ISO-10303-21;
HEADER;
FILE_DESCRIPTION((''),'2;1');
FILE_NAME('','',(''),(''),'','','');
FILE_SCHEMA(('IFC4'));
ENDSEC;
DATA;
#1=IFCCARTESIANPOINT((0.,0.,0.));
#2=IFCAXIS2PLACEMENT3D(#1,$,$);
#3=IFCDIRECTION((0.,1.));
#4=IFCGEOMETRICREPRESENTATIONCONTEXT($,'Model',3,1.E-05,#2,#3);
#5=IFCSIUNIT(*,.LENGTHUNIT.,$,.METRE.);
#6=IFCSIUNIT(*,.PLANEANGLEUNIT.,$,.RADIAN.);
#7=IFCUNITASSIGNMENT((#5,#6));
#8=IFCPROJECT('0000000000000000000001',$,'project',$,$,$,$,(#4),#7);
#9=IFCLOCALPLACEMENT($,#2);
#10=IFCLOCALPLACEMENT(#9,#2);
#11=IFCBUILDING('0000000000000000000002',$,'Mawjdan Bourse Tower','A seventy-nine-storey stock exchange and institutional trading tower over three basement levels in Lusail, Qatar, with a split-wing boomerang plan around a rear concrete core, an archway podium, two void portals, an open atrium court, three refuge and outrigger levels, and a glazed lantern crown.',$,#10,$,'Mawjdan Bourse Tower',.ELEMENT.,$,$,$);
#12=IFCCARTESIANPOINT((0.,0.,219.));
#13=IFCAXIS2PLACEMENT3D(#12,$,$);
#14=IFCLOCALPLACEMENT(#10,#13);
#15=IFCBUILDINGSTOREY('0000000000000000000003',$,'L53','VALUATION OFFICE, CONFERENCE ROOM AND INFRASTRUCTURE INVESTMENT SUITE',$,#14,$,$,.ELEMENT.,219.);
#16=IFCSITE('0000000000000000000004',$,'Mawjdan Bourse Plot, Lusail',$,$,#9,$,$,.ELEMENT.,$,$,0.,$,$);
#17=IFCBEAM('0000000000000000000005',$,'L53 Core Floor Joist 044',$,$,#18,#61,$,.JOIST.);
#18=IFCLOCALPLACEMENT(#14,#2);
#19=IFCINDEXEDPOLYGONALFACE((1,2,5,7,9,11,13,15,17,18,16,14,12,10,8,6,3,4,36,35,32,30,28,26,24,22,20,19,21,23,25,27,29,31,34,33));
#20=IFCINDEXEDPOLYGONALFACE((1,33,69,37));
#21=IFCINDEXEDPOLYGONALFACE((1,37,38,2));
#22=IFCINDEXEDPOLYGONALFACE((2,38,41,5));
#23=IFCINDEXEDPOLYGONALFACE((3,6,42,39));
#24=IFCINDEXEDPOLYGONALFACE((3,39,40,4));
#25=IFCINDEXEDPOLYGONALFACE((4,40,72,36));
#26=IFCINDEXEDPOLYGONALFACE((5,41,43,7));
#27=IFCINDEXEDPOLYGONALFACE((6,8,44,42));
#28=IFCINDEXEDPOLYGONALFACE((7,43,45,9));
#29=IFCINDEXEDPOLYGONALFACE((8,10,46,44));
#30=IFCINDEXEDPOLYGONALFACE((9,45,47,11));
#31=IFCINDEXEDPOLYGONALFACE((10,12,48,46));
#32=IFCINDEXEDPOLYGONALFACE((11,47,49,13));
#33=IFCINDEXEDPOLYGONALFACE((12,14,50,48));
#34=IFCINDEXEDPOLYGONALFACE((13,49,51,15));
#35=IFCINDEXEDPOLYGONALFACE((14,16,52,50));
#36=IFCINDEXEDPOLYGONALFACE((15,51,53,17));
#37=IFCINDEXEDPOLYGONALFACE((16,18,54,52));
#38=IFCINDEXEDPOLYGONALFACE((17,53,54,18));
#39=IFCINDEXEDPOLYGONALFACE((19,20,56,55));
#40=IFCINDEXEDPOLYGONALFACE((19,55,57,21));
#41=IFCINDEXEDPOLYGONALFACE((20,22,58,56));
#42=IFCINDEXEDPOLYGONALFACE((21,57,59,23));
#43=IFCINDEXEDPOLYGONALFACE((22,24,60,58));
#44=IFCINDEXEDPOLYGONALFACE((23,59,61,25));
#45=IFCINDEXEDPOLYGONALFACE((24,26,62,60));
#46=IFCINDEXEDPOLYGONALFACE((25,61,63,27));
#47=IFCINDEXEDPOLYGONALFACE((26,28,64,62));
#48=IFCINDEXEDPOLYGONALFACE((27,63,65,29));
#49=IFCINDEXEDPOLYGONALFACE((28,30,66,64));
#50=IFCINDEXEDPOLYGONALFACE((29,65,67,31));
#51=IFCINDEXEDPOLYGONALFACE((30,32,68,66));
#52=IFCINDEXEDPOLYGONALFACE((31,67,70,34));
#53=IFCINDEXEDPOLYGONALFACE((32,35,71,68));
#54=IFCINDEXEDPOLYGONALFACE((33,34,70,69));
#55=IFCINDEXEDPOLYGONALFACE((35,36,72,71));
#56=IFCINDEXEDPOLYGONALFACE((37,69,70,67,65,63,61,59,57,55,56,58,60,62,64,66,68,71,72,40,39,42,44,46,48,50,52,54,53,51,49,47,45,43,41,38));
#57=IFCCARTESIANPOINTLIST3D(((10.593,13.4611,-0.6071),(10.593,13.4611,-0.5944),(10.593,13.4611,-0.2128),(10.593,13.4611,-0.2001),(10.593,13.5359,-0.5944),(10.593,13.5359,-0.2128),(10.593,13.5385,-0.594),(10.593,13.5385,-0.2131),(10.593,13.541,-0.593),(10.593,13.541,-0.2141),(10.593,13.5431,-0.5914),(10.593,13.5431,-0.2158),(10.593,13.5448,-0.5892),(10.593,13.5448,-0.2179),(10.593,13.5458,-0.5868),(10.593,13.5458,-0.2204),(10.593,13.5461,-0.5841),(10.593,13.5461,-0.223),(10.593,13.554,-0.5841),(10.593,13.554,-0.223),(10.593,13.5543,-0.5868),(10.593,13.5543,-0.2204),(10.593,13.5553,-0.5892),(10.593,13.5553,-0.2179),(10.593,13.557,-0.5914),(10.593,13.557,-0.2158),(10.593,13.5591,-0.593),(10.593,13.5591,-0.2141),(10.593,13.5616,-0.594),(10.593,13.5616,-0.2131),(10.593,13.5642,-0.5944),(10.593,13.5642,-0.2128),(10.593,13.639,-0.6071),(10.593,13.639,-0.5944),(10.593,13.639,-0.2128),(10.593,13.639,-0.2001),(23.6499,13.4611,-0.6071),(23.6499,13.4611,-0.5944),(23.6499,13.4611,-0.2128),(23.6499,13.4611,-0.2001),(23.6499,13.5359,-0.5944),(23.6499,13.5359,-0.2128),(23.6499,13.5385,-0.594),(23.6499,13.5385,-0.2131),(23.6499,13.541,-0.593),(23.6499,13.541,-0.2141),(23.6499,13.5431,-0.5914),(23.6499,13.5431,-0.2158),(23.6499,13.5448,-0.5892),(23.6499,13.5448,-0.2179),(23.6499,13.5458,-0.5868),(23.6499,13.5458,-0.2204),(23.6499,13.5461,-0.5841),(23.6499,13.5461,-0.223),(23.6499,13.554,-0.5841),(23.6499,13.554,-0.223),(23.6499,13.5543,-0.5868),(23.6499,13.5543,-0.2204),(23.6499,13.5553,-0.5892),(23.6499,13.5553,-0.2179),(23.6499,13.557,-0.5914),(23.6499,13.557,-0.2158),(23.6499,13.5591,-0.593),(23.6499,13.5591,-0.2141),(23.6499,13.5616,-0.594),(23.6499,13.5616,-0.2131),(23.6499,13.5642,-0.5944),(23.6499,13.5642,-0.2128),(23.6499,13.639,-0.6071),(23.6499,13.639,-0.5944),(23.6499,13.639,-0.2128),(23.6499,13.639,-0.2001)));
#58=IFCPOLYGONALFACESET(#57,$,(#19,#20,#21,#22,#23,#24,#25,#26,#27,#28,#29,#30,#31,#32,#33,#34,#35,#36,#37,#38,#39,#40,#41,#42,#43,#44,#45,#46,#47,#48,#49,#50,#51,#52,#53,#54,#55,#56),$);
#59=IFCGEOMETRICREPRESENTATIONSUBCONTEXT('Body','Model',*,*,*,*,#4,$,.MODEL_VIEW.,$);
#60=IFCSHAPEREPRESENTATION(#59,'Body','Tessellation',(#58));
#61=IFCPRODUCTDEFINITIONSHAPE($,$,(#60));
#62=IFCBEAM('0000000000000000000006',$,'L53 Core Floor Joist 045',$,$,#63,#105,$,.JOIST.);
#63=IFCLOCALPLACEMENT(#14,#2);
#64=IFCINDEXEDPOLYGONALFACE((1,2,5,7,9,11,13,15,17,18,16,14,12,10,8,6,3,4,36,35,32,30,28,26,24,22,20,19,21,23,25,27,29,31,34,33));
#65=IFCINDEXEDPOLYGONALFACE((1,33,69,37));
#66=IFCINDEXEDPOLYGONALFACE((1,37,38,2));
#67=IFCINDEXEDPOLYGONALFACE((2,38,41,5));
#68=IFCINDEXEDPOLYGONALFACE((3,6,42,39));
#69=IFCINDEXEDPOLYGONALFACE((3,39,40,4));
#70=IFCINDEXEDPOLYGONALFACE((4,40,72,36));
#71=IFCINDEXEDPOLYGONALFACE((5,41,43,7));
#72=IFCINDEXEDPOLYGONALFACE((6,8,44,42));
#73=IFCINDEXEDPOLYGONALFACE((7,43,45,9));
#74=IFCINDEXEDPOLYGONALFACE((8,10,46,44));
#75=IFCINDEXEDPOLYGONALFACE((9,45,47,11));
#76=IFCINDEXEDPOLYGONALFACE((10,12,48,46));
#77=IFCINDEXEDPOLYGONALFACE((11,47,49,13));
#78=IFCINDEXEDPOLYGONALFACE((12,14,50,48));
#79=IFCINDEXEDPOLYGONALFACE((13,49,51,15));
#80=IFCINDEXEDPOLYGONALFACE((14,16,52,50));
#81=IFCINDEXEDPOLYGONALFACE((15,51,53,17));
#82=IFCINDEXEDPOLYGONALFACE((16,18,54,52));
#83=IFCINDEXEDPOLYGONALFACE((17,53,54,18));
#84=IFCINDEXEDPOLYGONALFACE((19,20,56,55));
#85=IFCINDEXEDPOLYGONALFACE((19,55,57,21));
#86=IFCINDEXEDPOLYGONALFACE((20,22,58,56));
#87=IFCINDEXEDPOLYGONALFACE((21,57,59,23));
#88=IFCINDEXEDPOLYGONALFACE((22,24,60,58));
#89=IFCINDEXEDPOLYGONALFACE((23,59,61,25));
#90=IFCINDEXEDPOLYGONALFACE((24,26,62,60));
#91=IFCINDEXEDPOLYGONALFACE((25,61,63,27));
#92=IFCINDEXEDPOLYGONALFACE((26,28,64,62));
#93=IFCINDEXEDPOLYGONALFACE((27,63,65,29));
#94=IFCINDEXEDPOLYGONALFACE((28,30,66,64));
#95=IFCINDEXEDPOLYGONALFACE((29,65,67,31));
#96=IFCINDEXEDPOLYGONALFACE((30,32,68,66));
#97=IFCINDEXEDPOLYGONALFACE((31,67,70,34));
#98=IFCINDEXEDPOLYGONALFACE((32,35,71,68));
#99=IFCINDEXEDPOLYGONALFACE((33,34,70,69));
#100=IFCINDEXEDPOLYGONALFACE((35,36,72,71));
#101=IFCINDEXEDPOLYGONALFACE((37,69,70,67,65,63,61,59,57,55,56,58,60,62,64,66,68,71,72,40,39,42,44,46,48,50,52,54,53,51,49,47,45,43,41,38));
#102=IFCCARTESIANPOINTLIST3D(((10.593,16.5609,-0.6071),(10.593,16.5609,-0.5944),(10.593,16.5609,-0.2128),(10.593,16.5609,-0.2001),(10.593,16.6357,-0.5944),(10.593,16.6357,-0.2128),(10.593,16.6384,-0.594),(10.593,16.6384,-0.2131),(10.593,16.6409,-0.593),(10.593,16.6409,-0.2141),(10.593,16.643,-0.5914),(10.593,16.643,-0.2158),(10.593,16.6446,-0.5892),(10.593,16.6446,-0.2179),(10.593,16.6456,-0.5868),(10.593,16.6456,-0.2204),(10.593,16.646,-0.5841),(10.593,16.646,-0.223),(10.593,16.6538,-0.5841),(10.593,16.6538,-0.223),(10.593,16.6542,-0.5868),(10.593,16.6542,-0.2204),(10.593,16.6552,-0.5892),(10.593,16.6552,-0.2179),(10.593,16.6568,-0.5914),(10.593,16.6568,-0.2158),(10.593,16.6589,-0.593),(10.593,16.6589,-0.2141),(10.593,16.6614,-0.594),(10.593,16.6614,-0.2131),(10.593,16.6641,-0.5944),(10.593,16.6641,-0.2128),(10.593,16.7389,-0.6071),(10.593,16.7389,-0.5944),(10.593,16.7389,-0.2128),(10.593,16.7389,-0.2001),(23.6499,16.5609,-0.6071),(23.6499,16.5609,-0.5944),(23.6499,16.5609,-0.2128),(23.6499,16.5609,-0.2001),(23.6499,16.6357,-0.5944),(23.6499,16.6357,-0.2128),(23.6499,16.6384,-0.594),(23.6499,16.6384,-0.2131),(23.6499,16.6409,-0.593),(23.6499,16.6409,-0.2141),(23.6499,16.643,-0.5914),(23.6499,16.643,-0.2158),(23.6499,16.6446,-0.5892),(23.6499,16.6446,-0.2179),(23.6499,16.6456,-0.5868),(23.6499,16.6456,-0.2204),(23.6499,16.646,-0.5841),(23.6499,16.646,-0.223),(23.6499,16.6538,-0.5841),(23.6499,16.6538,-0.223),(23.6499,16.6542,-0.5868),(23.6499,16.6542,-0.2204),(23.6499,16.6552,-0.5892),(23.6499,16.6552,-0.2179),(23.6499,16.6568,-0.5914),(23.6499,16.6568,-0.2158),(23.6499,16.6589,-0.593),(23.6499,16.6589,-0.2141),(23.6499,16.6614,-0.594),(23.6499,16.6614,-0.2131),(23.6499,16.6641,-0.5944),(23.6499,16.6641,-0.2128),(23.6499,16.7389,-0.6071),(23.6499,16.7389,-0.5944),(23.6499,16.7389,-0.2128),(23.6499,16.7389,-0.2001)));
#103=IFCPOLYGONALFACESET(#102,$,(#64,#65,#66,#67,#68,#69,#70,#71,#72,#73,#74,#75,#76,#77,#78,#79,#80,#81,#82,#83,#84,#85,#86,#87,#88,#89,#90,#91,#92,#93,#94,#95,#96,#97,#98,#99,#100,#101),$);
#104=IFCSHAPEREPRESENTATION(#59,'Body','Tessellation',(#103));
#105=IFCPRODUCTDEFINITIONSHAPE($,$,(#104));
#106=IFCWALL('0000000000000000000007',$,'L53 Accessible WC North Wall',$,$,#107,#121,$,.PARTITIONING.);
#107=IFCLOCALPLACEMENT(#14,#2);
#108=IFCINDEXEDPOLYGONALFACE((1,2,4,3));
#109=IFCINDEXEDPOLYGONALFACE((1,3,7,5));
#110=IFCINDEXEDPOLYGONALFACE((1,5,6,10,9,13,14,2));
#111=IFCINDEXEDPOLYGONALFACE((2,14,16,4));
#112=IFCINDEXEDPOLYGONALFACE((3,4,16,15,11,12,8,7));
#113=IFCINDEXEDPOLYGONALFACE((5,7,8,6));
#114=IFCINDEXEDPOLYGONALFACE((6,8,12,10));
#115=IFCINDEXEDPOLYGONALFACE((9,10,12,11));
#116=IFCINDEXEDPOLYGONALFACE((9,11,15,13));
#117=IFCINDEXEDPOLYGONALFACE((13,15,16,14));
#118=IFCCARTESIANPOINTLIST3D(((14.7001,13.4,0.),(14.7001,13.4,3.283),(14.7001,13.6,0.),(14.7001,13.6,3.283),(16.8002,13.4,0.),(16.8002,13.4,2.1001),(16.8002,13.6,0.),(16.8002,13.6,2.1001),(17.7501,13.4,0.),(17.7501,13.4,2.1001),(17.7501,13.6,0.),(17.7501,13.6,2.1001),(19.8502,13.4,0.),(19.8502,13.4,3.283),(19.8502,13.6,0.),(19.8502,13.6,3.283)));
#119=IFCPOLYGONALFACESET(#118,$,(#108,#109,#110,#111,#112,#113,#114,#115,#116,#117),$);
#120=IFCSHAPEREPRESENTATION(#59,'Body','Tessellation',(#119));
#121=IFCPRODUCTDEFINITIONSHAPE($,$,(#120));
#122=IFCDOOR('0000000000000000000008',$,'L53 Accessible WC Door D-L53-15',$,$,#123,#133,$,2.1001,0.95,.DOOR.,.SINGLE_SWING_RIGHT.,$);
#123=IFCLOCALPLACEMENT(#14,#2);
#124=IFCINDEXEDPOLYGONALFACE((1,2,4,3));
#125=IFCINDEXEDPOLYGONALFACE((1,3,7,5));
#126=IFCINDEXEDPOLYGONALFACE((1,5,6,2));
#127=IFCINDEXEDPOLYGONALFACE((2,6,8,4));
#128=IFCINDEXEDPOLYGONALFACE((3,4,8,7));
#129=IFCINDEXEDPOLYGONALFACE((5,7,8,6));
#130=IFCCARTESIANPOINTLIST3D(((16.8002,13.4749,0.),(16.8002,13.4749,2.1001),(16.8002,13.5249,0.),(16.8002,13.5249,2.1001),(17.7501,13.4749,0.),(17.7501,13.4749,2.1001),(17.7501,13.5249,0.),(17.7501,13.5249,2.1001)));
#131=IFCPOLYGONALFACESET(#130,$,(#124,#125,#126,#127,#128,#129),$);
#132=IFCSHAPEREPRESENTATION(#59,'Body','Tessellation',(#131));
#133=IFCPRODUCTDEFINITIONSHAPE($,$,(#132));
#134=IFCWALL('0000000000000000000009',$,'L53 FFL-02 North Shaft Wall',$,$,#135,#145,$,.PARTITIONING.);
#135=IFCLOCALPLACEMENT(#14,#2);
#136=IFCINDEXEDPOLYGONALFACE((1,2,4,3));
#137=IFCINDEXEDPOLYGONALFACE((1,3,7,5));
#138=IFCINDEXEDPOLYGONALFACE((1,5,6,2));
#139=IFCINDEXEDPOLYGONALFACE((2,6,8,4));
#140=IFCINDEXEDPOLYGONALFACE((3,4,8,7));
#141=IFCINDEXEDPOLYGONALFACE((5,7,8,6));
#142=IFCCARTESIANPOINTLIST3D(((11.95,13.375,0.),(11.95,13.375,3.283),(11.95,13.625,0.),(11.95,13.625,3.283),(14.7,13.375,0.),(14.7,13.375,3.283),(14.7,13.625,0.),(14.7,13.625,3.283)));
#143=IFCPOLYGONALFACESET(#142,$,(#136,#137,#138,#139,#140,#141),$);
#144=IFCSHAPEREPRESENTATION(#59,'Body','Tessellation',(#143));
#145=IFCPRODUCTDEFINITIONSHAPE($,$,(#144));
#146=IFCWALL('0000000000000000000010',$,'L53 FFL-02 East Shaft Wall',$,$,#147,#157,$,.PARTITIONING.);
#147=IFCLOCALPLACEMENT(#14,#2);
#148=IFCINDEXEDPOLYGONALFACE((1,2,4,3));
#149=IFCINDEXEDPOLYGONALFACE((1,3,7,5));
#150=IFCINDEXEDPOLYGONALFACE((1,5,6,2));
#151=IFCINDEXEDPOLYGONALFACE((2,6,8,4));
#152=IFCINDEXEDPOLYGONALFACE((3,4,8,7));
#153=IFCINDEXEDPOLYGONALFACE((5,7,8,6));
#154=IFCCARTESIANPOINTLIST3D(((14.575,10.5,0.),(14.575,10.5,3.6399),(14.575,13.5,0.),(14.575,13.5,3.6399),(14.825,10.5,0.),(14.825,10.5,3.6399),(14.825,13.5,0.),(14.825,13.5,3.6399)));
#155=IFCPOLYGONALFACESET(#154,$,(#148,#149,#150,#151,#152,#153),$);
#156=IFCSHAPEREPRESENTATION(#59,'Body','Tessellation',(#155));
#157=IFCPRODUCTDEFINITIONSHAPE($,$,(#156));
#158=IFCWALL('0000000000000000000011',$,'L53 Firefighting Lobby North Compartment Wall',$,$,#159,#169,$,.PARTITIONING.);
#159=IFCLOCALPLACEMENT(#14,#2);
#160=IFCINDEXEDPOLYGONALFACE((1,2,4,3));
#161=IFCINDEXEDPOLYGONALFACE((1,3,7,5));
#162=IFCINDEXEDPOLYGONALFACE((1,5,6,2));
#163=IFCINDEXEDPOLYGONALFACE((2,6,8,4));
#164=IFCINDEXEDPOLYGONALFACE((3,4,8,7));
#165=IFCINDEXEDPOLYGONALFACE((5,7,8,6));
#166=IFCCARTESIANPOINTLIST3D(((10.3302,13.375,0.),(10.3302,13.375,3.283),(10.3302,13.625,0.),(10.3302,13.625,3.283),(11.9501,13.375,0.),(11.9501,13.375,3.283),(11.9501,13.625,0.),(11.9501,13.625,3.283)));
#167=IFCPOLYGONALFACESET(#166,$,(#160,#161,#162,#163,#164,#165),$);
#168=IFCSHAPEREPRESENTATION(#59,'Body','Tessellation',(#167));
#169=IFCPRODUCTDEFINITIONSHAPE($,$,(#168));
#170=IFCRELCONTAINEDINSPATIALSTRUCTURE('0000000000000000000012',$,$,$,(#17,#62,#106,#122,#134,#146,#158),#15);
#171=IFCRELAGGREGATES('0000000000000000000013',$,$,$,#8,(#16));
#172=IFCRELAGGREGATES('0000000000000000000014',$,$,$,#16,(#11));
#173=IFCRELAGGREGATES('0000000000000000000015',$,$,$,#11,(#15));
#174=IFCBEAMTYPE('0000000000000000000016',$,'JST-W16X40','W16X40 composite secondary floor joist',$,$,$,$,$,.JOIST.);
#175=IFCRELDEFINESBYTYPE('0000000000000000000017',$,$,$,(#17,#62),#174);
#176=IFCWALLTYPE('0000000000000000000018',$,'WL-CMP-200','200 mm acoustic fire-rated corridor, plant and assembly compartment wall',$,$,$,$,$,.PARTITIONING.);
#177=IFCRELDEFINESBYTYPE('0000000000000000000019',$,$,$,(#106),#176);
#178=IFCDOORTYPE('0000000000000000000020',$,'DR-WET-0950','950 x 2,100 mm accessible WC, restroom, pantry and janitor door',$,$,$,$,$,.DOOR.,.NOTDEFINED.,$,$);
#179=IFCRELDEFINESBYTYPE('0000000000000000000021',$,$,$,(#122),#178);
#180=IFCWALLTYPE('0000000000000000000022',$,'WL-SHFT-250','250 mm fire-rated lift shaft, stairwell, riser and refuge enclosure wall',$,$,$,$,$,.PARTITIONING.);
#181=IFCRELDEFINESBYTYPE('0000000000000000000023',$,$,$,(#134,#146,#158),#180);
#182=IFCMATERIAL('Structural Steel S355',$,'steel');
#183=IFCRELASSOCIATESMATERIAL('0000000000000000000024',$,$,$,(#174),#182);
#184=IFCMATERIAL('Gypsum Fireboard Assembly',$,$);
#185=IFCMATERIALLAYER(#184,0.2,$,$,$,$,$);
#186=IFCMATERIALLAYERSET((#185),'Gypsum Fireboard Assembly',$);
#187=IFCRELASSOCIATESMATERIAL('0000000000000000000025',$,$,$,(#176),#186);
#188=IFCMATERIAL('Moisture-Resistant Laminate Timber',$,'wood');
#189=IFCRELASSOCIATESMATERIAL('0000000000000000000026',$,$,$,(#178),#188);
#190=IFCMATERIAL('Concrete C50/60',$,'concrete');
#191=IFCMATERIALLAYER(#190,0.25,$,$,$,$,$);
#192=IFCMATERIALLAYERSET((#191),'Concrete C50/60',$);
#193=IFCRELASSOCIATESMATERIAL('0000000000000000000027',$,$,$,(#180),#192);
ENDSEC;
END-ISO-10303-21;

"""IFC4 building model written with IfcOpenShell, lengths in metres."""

from ifc_helpers import new_model, si_unit, direction, frame, frame_2d, origin, origin_2d, place, context, subcontext, project, spatial, rectangle, i_section, extrude, material, layer, layer_set, material_profile, profile_set, type_object, element, fill, save


model = new_model("IFC4")

# Units and contexts
model_context = context("Model", 3, precision=1e-05, world=origin(), true_north=direction((0.0, 1.0)))
body_context = subcontext(model_context, "Body", "Model", "MODEL_VIEW")
ifc_project = project(units=[si_unit("LENGTHUNIT", "METRE"), si_unit("PLANEANGLEUNIT", "RADIAN")], contexts=[model_context])

# Site, building, storey
site_placement = place(None, origin())
site = spatial("IfcSite", under=ifc_project, at=site_placement, Name="Mawjdan Bourse Plot, Lusail", CompositionType="ELEMENT", RefElevation=0.0)
building_placement = place(site_placement, origin())
building = spatial("IfcBuilding", under=site, at=building_placement, Name="Mawjdan Bourse Tower", Description="A seventy-nine-storey stock exchange and institutional trading tower over three basement levels in Lusail, Qatar, with a split-wing boomerang plan around a rear concrete core, an archway podium, two void portals, an open atrium court, three refuge and outrigger levels, and a glazed lantern crown.", LongName="Mawjdan Bourse Tower", CompositionType="ELEMENT")
storey_placement = place(building_placement, frame((0.0, 0.0, 219.0)))
storey = spatial("IfcBuildingStorey", under=building, at=storey_placement, Name="L53", Description="VALUATION OFFICE, CONFERENCE ROOM AND INFRASTRUCTURE INVESTMENT SUITE", CompositionType="ELEMENT", Elevation=219.0)

# Beams
ifc_material_1 = material(Name="Structural Steel S355", Category="steel")
ifc_material_profile = material_profile(ifc_material_1, i_section(OverallWidth=0.178, OverallDepth=0.407, WebThickness=0.0078, FlangeThickness=0.0127, FilletRadius=0.0103, at=origin_2d()), Name="W16X40")
ifc_profile_set = profile_set([ifc_material_profile], Name="Structural Steel S355")
beam_type = type_object("IfcBeamType", Name="JST-W16X40", Description="W16X40 composite secondary floor joist", PredefinedType="JOIST", material=ifc_profile_set)
for number, where, z_axis, x_axis, name in (
    (1, (10.593, 13.55, -0.4036), (1.0, 0.0, 0.0), (0.0, 1.0, 0.0), "L53 Core Floor Joist 044"),
    (2, (10.593, 16.6499, -0.4036), (1.0, 0.0, 0.0), (0.0, 1.0, 0.0), "L53 Core Floor Joist 045"),
):
    element("IfcBeam", number, at=place(storey_placement, frame(where, z_axis=z_axis, x_axis=x_axis)), inside=storey, type_object=beam_type, Name=name, PredefinedType="JOIST", context=body_context, shape_type="SweptSolid", body=[
        extrude(i_section(OverallWidth=0.178, OverallDepth=0.407, WebThickness=0.0078, FlangeThickness=0.0127, FilletRadius=0.0103, at=origin_2d()), origin(), (0.0, 0.0, 1.0), 13.0569),
    ])

# Wall, opening, door
ifc_material_2 = material(Name="Gypsum Fireboard Assembly")
ifc_layer_1 = layer(ifc_material_2, 0.2)
ifc_layer_set_1 = layer_set([ifc_layer_1], Name="Gypsum Fireboard Assembly")
wall_type_1 = type_object("IfcWallType", Name="WL-CMP-200", Description="200 mm acoustic fire-rated corridor, plant and assembly compartment wall", PredefinedType="PARTITIONING", material=ifc_layer_set_1)
wall_1_placement = place(storey_placement, frame((14.7, 13.5, 0.0), z_axis=(0.0, 0.0, 1.0), x_axis=(1.0, 0.0, 0.0)))
wall_1 = element("IfcWall", 3, at=wall_1_placement, inside=storey, type_object=wall_type_1, Name="L53 Accessible WC North Wall", PredefinedType="PARTITIONING", context=body_context, shape_type="SweptSolid", body=[
    extrude(rectangle(XDim=5.1501, YDim=0.2, at=frame_2d((2.5752, 0.0))), origin(), (0.0, 0.0, 1.0), 3.283),
])
opening_1_placement = place(wall_1_placement, frame((2.1001, 0.0, 0.0)))
opening_1 = element("IfcOpeningElement", 4, at=opening_1_placement, cuts=wall_1, PredefinedType="OPENING", context=body_context, shape_type="SweptSolid", body=[
    extrude(rectangle(XDim=0.95, YDim=2.1001, at=frame_2d((0.4751, 1.05))), frame((0.0, 0.1099, 0.0), z_axis=(0.0, -1.0, 0.0), x_axis=(1.0, 0.0, 0.0)), (0.0, 0.0, 1.0), 0.22),
])
ifc_material_3 = material(Name="Moisture-Resistant Laminate Timber", Category="wood")
door_type_1 = type_object("IfcDoorType", Name="DR-WET-0950", Description="950 x 2,100 mm accessible WC, restroom, pantry and janitor door", OperationType="NOTDEFINED", PredefinedType="DOOR", material=ifc_material_3)
door_1_placement = place(opening_1_placement, origin())
door_1 = element("IfcDoor", 5, at=door_1_placement, inside=storey, type_object=door_type_1, Name="L53 Accessible WC Door D-L53-15", OperationType="SINGLE_SWING_RIGHT", OverallHeight=2.1001, OverallWidth=0.95, PredefinedType="DOOR", context=body_context, shape_type="SweptSolid", body=[
    extrude(rectangle(XDim=0.95, YDim=2.1001, at=frame_2d((0.4751, 1.05))), frame((0.0, 0.0249, 0.0), z_axis=(0.0, -1.0, 0.0), x_axis=(1.0, 0.0, 0.0)), (0.0, 0.0, 1.0), 0.05),
])
fill(opening_1, door_1)

# Walls
ifc_material_4 = material(Name="Concrete C50/60", Category="concrete")
ifc_layer_2 = layer(ifc_material_4, 0.25)
ifc_layer_set_2 = layer_set([ifc_layer_2], Name="Concrete C50/60")
wall_type_2 = type_object("IfcWallType", Name="WL-SHFT-250", Description="250 mm fire-rated lift shaft, stairwell, riser and refuge enclosure wall", PredefinedType="PARTITIONING", material=ifc_layer_set_2)
wall_2_placement = place(storey_placement, frame((11.95, 13.5, 0.0), z_axis=(0.0, 0.0, 1.0), x_axis=(1.0, 0.0, 0.0)))
element("IfcWall", 6, at=wall_2_placement, inside=storey, type_object=wall_type_2, Name="L53 FFL-02 North Shaft Wall", PredefinedType="PARTITIONING", context=body_context, shape_type="SweptSolid", body=[
    extrude(rectangle(XDim=2.75, YDim=0.25, at=frame_2d((1.375, 0.0))), origin(), (0.0, 0.0, 1.0), 3.283),
])
wall_3_placement = place(storey_placement, frame((14.7, 10.5, 0.0), z_axis=(0.0, 0.0, 1.0), x_axis=(0.0, 1.0, 0.0)))
element("IfcWall", 7, at=wall_3_placement, inside=storey, type_object=wall_type_2, Name="L53 FFL-02 East Shaft Wall", PredefinedType="PARTITIONING", context=body_context, shape_type="SweptSolid", body=[
    extrude(rectangle(XDim=3.0, YDim=0.25, at=frame_2d((1.5, 0.0))), origin(), (0.0, 0.0, 1.0), 3.6399),
])
wall_4_placement = place(storey_placement, frame((10.3301, 13.5, 0.0), z_axis=(0.0, 0.0, 1.0), x_axis=(1.0, 0.0, 0.0)))
element("IfcWall", 8, at=wall_4_placement, inside=storey, type_object=wall_type_2, Name="L53 Firefighting Lobby North Compartment Wall", PredefinedType="PARTITIONING", context=body_context, shape_type="SweptSolid", body=[
    extrude(rectangle(XDim=1.6199, YDim=0.25, at=frame_2d((0.8101, 0.0))), origin(), (0.0, 0.0, 1.0), 3.283),
])

save(model, "model.ifc")
